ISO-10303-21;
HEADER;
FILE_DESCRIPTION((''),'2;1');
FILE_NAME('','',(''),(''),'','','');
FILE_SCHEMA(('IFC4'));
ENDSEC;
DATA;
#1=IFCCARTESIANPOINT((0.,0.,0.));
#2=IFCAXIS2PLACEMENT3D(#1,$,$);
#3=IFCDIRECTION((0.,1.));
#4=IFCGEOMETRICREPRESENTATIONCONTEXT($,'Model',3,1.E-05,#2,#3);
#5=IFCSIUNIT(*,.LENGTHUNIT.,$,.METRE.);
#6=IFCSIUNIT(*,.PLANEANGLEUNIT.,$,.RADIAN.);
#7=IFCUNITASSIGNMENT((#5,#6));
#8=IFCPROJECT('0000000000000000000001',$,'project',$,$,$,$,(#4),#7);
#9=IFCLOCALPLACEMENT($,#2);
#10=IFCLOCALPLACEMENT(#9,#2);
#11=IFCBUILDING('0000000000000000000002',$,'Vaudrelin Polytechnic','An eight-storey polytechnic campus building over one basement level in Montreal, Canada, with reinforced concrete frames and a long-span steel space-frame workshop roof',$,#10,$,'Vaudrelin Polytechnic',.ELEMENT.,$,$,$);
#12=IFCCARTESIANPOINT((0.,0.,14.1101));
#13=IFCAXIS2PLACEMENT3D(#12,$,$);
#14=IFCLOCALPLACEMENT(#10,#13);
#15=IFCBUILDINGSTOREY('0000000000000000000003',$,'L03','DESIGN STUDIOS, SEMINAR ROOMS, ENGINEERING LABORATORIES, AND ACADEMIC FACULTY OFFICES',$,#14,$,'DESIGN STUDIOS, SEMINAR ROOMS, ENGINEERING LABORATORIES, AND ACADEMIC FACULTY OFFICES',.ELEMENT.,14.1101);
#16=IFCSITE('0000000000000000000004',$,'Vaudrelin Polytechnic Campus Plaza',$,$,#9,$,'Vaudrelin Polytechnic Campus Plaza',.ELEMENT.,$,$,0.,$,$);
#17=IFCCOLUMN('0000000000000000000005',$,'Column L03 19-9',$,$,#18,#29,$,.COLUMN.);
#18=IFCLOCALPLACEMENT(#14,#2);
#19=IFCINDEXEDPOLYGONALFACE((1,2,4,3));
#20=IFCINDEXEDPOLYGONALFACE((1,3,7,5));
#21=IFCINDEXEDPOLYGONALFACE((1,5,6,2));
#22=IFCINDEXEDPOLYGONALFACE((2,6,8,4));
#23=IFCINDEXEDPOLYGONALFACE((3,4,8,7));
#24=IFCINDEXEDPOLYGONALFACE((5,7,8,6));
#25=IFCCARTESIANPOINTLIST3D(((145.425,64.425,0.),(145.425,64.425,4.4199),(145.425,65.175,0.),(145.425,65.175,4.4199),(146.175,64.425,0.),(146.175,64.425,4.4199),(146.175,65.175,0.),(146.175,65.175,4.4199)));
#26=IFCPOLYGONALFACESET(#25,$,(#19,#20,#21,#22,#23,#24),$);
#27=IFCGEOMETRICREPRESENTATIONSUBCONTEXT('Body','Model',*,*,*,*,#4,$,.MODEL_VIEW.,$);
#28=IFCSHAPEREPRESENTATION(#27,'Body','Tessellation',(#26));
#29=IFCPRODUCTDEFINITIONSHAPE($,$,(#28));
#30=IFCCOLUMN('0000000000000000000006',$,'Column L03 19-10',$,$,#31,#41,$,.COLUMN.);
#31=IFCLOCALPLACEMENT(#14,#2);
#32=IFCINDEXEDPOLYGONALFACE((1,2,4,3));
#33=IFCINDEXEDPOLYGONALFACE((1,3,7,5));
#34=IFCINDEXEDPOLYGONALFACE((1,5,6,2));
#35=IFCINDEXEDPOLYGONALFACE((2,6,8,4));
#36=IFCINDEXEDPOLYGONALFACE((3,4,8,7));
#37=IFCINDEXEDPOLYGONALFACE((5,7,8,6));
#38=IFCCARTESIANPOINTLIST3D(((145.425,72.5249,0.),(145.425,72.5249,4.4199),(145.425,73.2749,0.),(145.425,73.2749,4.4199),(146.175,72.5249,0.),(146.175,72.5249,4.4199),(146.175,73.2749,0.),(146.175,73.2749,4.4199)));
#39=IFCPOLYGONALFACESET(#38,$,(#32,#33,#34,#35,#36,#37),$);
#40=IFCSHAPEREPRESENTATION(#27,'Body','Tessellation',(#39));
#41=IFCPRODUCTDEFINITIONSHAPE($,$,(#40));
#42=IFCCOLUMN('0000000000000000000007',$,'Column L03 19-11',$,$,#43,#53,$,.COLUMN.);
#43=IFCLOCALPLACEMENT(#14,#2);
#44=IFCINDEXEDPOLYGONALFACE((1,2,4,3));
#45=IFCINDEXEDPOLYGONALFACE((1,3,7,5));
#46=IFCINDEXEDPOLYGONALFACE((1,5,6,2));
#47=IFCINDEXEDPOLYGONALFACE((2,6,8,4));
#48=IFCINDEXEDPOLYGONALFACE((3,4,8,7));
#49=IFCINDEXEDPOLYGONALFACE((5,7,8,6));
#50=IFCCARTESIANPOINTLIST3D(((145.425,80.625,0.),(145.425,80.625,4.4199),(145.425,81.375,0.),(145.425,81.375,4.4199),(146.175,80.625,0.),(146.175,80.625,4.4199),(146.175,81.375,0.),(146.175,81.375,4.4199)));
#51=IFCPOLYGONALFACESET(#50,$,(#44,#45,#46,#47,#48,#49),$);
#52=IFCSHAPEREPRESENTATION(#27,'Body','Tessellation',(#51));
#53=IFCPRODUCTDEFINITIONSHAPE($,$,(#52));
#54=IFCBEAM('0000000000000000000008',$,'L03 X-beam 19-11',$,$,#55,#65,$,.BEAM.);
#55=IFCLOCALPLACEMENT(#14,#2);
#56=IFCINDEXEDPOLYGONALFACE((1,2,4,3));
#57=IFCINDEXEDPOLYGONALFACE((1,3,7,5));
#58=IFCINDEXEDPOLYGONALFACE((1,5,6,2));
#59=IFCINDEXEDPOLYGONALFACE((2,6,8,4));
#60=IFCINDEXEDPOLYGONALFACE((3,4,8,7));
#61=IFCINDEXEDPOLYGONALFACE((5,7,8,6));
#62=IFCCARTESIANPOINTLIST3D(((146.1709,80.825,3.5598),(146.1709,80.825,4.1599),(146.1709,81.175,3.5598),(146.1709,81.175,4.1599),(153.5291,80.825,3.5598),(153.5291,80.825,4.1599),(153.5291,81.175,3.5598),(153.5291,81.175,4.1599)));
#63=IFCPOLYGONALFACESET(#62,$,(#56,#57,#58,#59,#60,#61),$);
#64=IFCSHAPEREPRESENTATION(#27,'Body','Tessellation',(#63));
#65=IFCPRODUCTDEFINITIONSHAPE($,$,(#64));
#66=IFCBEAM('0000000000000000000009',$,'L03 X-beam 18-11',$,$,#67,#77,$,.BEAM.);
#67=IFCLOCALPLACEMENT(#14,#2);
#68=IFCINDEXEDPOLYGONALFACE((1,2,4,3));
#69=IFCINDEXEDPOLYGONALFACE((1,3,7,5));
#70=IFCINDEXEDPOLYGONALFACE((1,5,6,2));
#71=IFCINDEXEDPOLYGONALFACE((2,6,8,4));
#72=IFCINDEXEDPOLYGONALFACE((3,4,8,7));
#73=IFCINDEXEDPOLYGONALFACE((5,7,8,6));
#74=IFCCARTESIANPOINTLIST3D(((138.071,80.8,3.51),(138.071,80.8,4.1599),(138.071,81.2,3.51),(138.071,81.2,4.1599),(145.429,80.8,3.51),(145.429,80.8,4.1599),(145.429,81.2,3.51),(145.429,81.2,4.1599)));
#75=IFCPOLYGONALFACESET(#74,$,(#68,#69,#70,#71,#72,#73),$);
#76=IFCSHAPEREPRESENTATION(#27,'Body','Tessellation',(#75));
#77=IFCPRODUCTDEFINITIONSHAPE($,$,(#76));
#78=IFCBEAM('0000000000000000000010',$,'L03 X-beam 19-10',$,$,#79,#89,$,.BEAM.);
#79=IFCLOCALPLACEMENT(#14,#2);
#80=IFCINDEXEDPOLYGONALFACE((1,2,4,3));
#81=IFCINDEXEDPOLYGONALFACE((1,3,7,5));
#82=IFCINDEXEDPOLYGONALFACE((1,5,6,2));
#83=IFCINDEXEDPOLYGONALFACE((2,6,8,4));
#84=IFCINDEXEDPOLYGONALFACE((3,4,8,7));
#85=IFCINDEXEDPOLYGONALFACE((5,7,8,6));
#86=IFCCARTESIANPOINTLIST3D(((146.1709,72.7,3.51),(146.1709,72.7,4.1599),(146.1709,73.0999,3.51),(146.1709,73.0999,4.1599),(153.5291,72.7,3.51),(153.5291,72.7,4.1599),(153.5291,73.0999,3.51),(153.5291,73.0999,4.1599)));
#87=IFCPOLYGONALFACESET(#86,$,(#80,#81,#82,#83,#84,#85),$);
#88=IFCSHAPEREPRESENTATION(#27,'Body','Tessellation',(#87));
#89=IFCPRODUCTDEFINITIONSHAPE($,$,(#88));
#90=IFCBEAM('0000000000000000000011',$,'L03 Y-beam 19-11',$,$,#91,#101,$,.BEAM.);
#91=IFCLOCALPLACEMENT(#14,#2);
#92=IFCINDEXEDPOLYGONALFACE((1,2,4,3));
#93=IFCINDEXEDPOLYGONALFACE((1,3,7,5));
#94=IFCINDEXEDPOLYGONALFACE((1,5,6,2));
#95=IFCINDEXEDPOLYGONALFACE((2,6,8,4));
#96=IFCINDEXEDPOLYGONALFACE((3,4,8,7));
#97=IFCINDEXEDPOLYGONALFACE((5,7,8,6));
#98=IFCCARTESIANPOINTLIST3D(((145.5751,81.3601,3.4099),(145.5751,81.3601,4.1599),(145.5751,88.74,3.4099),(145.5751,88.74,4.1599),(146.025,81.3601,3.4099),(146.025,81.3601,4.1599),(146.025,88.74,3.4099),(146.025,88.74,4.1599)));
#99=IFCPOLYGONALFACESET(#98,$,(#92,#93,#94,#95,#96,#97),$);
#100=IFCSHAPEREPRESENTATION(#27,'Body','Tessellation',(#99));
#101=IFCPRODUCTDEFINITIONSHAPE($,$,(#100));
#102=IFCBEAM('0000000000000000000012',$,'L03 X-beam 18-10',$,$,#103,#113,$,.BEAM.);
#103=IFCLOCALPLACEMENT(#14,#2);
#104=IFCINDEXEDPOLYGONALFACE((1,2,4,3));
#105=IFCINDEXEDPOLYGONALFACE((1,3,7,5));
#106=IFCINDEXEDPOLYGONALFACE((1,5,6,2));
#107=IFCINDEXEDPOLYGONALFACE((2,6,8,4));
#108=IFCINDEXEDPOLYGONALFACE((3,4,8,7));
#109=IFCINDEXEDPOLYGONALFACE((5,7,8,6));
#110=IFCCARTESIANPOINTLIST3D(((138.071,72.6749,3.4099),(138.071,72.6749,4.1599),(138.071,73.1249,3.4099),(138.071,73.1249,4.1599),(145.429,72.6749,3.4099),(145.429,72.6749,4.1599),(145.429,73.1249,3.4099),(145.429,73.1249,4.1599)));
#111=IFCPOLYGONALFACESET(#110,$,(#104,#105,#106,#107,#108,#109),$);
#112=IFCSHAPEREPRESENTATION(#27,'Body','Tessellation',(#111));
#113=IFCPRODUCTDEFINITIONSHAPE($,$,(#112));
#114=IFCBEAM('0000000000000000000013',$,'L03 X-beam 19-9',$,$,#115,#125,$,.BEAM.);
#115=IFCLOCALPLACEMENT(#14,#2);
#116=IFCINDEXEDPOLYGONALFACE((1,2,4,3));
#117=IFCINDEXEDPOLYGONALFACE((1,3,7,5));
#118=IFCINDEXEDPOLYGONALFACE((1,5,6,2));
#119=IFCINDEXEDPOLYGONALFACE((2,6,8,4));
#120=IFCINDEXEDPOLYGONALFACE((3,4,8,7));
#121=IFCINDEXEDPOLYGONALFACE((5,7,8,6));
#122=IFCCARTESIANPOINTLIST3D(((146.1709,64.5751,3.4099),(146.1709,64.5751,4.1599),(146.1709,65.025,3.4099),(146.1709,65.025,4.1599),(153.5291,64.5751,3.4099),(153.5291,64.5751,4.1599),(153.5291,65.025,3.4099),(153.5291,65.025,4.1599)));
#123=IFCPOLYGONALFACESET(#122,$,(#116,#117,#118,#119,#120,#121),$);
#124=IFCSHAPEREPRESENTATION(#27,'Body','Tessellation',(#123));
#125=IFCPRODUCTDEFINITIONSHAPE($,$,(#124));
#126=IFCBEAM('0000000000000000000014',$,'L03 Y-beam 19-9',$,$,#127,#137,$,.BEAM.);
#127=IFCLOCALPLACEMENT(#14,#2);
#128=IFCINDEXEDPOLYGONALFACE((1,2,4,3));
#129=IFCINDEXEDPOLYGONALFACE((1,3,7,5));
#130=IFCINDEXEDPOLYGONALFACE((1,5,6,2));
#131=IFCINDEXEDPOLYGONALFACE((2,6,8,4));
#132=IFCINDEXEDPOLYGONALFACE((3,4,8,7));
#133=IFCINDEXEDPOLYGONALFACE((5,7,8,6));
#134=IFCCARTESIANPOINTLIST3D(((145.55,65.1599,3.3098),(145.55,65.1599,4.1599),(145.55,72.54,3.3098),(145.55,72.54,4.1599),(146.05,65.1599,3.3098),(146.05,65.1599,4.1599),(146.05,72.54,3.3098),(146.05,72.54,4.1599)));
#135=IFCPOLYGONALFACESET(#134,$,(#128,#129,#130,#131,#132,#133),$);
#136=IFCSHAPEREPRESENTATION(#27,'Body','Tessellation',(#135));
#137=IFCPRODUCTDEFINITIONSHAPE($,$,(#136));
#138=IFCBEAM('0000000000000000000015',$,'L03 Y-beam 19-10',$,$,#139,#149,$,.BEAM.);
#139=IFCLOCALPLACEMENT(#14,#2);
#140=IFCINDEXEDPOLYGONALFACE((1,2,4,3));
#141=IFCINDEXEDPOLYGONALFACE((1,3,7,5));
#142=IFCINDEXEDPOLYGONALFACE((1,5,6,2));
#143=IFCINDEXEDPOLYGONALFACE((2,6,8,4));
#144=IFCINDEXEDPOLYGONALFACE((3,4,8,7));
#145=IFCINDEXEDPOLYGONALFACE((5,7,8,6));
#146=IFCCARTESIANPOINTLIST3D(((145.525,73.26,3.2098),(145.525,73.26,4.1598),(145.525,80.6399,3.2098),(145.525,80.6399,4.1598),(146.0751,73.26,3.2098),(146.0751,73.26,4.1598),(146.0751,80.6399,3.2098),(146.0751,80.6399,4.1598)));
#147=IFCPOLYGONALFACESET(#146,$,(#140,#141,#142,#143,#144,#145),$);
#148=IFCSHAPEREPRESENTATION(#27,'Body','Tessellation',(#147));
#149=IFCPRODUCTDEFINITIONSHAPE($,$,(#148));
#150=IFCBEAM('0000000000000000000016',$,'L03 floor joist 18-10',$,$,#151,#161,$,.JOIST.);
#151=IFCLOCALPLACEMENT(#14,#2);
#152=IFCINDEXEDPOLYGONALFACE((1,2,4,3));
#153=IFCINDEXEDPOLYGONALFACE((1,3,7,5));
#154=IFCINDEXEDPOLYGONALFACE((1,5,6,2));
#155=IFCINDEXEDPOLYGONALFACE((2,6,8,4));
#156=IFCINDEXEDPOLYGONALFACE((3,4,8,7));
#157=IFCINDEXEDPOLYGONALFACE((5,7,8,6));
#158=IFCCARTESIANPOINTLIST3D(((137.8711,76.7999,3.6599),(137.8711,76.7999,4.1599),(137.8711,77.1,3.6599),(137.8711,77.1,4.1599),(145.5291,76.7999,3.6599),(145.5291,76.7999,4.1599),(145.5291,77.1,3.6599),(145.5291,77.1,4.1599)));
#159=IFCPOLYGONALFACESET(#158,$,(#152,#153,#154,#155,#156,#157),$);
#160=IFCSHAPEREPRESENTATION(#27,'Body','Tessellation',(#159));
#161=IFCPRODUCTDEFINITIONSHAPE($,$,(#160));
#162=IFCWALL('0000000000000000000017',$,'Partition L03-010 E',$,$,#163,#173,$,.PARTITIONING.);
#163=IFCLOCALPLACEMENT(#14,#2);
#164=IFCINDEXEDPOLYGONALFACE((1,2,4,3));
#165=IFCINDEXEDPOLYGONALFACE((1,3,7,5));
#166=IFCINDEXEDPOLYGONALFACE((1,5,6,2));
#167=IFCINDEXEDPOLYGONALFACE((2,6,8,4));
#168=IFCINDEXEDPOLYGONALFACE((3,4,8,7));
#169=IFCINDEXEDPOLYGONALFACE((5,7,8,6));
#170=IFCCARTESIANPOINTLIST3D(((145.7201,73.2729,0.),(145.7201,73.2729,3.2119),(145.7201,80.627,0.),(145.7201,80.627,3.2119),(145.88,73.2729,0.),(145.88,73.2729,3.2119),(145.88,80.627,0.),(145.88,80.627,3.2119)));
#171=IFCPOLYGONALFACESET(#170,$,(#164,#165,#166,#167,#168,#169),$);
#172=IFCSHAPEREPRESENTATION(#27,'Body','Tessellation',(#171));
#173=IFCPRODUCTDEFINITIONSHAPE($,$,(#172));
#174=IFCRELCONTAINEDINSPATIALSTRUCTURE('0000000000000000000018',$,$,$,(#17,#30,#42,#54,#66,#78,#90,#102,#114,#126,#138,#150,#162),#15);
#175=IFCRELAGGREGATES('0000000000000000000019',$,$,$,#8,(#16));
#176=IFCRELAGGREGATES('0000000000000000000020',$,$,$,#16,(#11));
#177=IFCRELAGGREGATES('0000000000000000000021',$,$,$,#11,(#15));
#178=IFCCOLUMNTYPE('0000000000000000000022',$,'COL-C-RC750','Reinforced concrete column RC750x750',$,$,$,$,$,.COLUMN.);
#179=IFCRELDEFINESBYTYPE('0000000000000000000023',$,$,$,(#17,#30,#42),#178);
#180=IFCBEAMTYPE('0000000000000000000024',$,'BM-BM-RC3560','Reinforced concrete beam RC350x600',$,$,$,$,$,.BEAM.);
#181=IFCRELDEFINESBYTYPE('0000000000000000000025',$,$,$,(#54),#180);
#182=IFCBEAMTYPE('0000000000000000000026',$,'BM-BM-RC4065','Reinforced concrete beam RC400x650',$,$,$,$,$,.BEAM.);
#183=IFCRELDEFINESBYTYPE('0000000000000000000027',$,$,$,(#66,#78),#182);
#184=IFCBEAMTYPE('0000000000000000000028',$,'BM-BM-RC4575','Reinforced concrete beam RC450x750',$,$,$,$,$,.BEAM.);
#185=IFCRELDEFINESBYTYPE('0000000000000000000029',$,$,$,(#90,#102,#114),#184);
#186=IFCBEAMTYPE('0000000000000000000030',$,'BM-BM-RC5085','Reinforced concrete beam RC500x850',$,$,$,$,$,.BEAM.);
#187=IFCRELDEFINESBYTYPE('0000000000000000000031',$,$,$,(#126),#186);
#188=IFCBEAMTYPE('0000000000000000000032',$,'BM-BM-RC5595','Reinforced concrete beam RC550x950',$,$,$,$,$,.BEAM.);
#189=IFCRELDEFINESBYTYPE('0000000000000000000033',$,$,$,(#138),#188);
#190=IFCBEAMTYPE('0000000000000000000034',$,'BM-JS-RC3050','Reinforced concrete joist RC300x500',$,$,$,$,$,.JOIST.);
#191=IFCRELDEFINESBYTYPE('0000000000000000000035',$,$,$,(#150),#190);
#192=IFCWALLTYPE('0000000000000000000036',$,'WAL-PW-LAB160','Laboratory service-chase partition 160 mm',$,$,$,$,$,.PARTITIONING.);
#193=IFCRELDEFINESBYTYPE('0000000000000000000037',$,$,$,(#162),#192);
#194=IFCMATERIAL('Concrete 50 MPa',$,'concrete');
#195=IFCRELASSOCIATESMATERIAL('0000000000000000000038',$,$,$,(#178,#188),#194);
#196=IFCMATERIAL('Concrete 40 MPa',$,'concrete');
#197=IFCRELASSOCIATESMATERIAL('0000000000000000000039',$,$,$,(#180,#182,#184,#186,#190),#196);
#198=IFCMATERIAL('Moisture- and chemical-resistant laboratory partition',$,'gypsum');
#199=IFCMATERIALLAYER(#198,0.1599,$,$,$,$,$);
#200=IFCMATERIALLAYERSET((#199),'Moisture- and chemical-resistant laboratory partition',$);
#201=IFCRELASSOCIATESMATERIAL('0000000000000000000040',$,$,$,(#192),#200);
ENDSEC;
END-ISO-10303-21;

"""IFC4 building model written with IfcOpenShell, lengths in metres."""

from ifc_helpers import new_model, si_unit, direction, frame, frame_2d, origin, origin_2d, place, context, subcontext, project, spatial, rectangle, extrude, material, layer, layer_set, material_profile, profile_set, type_object, element, save


model = new_model("IFC4")

# Units and contexts
model_context = context("Model", 3, precision=1e-05, world=origin(), true_north=direction((0.0, 1.0)))
body_context = subcontext(model_context, "Body", "Model", "MODEL_VIEW")
ifc_project = project(units=[si_unit("LENGTHUNIT", "METRE"), si_unit("PLANEANGLEUNIT", "RADIAN")], contexts=[model_context])

# Site, building, storey
site_placement = place(None, origin())
site = spatial("IfcSite", under=ifc_project, at=site_placement, Name="Vaudrelin Polytechnic Campus Plaza", LongName="Vaudrelin Polytechnic Campus Plaza", CompositionType="ELEMENT", RefElevation=0.0)
building_placement = place(site_placement, origin())
building = spatial("IfcBuilding", under=site, at=building_placement, Name="Vaudrelin Polytechnic", Description="An eight-storey polytechnic campus building over one basement level in Montreal, Canada, with reinforced concrete frames and a long-span steel space-frame workshop roof", LongName="Vaudrelin Polytechnic", CompositionType="ELEMENT")
storey_placement = place(building_placement, frame((0.0, 0.0, 14.1101)))
storey = spatial("IfcBuildingStorey", under=building, at=storey_placement, Name="L03", Description="DESIGN STUDIOS, SEMINAR ROOMS, ENGINEERING LABORATORIES, AND ACADEMIC FACULTY OFFICES", LongName="DESIGN STUDIOS, SEMINAR ROOMS, ENGINEERING LABORATORIES, AND ACADEMIC FACULTY OFFICES", CompositionType="ELEMENT", Elevation=14.1101)

# Columns
ifc_material_1 = material(Name="Concrete 50 MPa", Category="concrete")
ifc_material_profile_1 = material_profile(ifc_material_1, rectangle(XDim=0.75, YDim=0.75, at=origin_2d()), Name="RC750x750")
ifc_profile_set_1 = profile_set([ifc_material_profile_1], Name="Concrete 50 MPa")
column_type = type_object("IfcColumnType", Name="COL-C-RC750", Description="Reinforced concrete column RC750x750", PredefinedType="COLUMN", material=ifc_profile_set_1)
for number, where, z_axis, x_axis, name in (
    (1, (145.8, 64.8, 0.0), (0.0, 0.0, 1.0), (1.0, 0.0, 0.0), "Column L03 19-9"),
    (2, (145.8, 72.8999, 0.0), (0.0, 0.0, 1.0), (1.0, 0.0, 0.0), "Column L03 19-10"),
    (3, (145.8, 81.0, 0.0), (0.0, 0.0, 1.0), (1.0, 0.0, 0.0), "Column L03 19-11"),
):
    element("IfcColumn", number, at=place(storey_placement, frame(where, z_axis=z_axis, x_axis=x_axis)), inside=storey, type_object=column_type, Name=name, PredefinedType="COLUMN", context=body_context, shape_type="SweptSolid", body=[
        extrude(rectangle(XDim=0.75, YDim=0.75, at=origin_2d()), origin(), (0.0, 0.0, 1.0), 4.4199),
    ])

# Beams
ifc_material_2 = material(Name="Concrete 40 MPa", Category="concrete")
ifc_material_profile_2 = material_profile(ifc_material_2, rectangle(XDim=0.3501, YDim=0.6001, at=origin_2d()), Name="RC350x600")
ifc_profile_set_2 = profile_set([ifc_material_profile_2], Name="Concrete 40 MPa")
beam_type_1 = type_object("IfcBeamType", Name="BM-BM-RC3560", Description="Reinforced concrete beam RC350x600", PredefinedType="BEAM", material=ifc_profile_set_2)
beam_1_placement = place(storey_placement, frame((146.1709, 81.0, 3.8599), z_axis=(1.0, 0.0, 0.0), x_axis=(0.0, 1.0, 0.0)))
element("IfcBeam", 4, at=beam_1_placement, inside=storey, type_object=beam_type_1, Name="L03 X-beam 19-11", PredefinedType="BEAM", context=body_context, shape_type="SweptSolid", body=[
    extrude(rectangle(XDim=0.3501, YDim=0.6001, at=origin_2d()), origin(), (0.0, 0.0, 1.0), 7.3582),
])
ifc_material_profile_3 = material_profile(ifc_material_2, rectangle(XDim=0.3999, YDim=0.6499, at=origin_2d()), Name="RC400x650")
ifc_profile_set_3 = profile_set([ifc_material_profile_3], Name="Concrete 40 MPa")
beam_type_2 = type_object("IfcBeamType", Name="BM-BM-RC4065", Description="Reinforced concrete beam RC400x650", PredefinedType="BEAM", material=ifc_profile_set_3)
beam_2_placement = place(storey_placement, frame((138.071, 81.0, 3.835), z_axis=(1.0, 0.0, 0.0), x_axis=(0.0, 1.0, 0.0)))
element("IfcBeam", 5, at=beam_2_placement, inside=storey, type_object=beam_type_2, Name="L03 X-beam 18-11", PredefinedType="BEAM", context=body_context, shape_type="SweptSolid", body=[
    extrude(rectangle(XDim=0.3999, YDim=0.6499, at=origin_2d()), origin(), (0.0, 0.0, 1.0), 7.3579),
])
beam_3_placement = place(storey_placement, frame((146.1709, 72.8999, 3.835), z_axis=(1.0, 0.0, 0.0), x_axis=(0.0, 1.0, 0.0)))
element("IfcBeam", 6, at=beam_3_placement, inside=storey, type_object=beam_type_2, Name="L03 X-beam 19-10", PredefinedType="BEAM", context=body_context, shape_type="SweptSolid", body=[
    extrude(rectangle(XDim=0.3999, YDim=0.6499, at=origin_2d()), origin(), (0.0, 0.0, 1.0), 7.3582),
])
ifc_material_profile_4 = material_profile(ifc_material_2, rectangle(XDim=0.45, YDim=0.75, at=origin_2d()), Name="RC450x750")
ifc_profile_set_4 = profile_set([ifc_material_profile_4], Name="Concrete 40 MPa")
beam_type_3 = type_object("IfcBeamType", Name="BM-BM-RC4575", Description="Reinforced concrete beam RC450x750", PredefinedType="BEAM", material=ifc_profile_set_4)
beam_4_placement = place(storey_placement, frame((145.8, 81.3601, 3.7849), z_axis=(0.0, 1.0, 0.0), x_axis=(-1.0, 0.0, 0.0)))
element("IfcBeam", 7, at=beam_4_placement, inside=storey, type_object=beam_type_3, Name="L03 Y-beam 19-11", PredefinedType="BEAM", context=body_context, shape_type="SweptSolid", body=[
    extrude(rectangle(XDim=0.45, YDim=0.75, at=origin_2d()), origin(), (0.0, 0.0, 1.0), 7.3799),
])
beam_5_placement = place(storey_placement, frame((138.071, 72.8999, 3.7849), z_axis=(1.0, 0.0, 0.0), x_axis=(0.0, 1.0, 0.0)))
element("IfcBeam", 8, at=beam_5_placement, inside=storey, type_object=beam_type_3, Name="L03 X-beam 18-10", PredefinedType="BEAM", context=body_context, shape_type="SweptSolid", body=[
    extrude(rectangle(XDim=0.45, YDim=0.75, at=origin_2d()), origin(), (0.0, 0.0, 1.0), 7.3579),
])
beam_6_placement = place(storey_placement, frame((146.1709, 64.8, 3.7849), z_axis=(1.0, 0.0, 0.0), x_axis=(0.0, 1.0, 0.0)))
element("IfcBeam", 9, at=beam_6_placement, inside=storey, type_object=beam_type_3, Name="L03 X-beam 19-9", PredefinedType="BEAM", context=body_context, shape_type="SweptSolid", body=[
    extrude(rectangle(XDim=0.45, YDim=0.75, at=origin_2d()), origin(), (0.0, 0.0, 1.0), 7.3582),
])
ifc_material_profile_5 = material_profile(ifc_material_2, rectangle(XDim=0.5, YDim=0.8501, at=origin_2d()), Name="RC500x850")
ifc_profile_set_5 = profile_set([ifc_material_profile_5], Name="Concrete 40 MPa")
beam_type_4 = type_object("IfcBeamType", Name="BM-BM-RC5085", Description="Reinforced concrete beam RC500x850", PredefinedType="BEAM", material=ifc_profile_set_5)
beam_7_placement = place(storey_placement, frame((145.8, 65.1599, 3.7349), z_axis=(0.0, 1.0, 0.0), x_axis=(-1.0, 0.0, 0.0)))
element("IfcBeam", 10, at=beam_7_placement, inside=storey, type_object=beam_type_4, Name="L03 Y-beam 19-9", PredefinedType="BEAM", context=body_context, shape_type="SweptSolid", body=[
    extrude(rectangle(XDim=0.5, YDim=0.8501, at=origin_2d()), origin(), (0.0, 0.0, 1.0), 7.3801),
])
ifc_material_profile_6 = material_profile(ifc_material_1, rectangle(XDim=0.55, YDim=0.95, at=origin_2d()), Name="RC550x950")
ifc_profile_set_6 = profile_set([ifc_material_profile_6], Name="Concrete 50 MPa")
beam_type_5 = type_object("IfcBeamType", Name="BM-BM-RC5595", Description="Reinforced concrete beam RC550x950", PredefinedType="BEAM", material=ifc_profile_set_6)
beam_8_placement = place(storey_placement, frame((145.8, 73.26, 3.6848), z_axis=(0.0, 1.0, 0.0), x_axis=(-1.0, 0.0, 0.0)))
element("IfcBeam", 11, at=beam_8_placement, inside=storey, type_object=beam_type_5, Name="L03 Y-beam 19-10", PredefinedType="BEAM", context=body_context, shape_type="SweptSolid", body=[
    extrude(rectangle(XDim=0.55, YDim=0.95, at=origin_2d()), origin(), (0.0, 0.0, 1.0), 7.3799),
])
ifc_material_profile_7 = material_profile(ifc_material_2, rectangle(XDim=0.3, YDim=0.5, at=origin_2d()), Name="RC300x500")
ifc_profile_set_7 = profile_set([ifc_material_profile_7], Name="Concrete 40 MPa")
beam_type_6 = type_object("IfcBeamType", Name="BM-JS-RC3050", Description="Reinforced concrete joist RC300x500", PredefinedType="JOIST", material=ifc_profile_set_7)
beam_9_placement = place(storey_placement, frame((137.8711, 76.95, 3.9099), z_axis=(1.0, 0.0, 0.0), x_axis=(0.0, 1.0, 0.0)))
element("IfcBeam", 12, at=beam_9_placement, inside=storey, type_object=beam_type_6, Name="L03 floor joist 18-10", PredefinedType="JOIST", context=body_context, shape_type="SweptSolid", body=[
    extrude(rectangle(XDim=0.3, YDim=0.5, at=origin_2d()), origin(), (0.0, 0.0, 1.0), 7.658),
])

# Wall
ifc_material_3 = material(Name="Moisture- and chemical-resistant laboratory partition", Category="gypsum")
ifc_layer_1 = layer(ifc_material_3, 0.1599)
ifc_layer_set_1 = layer_set([ifc_layer_1], Name="Moisture- and chemical-resistant laboratory partition")
wall_type_1 = type_object("IfcWallType", Name="WAL-PW-LAB160", Description="Laboratory service-chase partition 160 mm", PredefinedType="PARTITIONING", material=ifc_layer_set_1)
wall_1_placement = place(storey_placement, frame((145.8, 73.2729, 0.0), z_axis=(0.0, 0.0, 1.0), x_axis=(0.0, 1.0, 0.0)))
element("IfcWall", 13, at=wall_1_placement, inside=storey, type_object=wall_type_1, Name="Partition L03-010 E", PredefinedType="PARTITIONING", context=body_context, shape_type="SweptSolid", body=[
    extrude(rectangle(XDim=7.354, YDim=0.1599, at=frame_2d((3.677, 0.0))), origin(), (0.0, 0.0, 1.0), 3.2119),
])

save(model, "model.ifc")
